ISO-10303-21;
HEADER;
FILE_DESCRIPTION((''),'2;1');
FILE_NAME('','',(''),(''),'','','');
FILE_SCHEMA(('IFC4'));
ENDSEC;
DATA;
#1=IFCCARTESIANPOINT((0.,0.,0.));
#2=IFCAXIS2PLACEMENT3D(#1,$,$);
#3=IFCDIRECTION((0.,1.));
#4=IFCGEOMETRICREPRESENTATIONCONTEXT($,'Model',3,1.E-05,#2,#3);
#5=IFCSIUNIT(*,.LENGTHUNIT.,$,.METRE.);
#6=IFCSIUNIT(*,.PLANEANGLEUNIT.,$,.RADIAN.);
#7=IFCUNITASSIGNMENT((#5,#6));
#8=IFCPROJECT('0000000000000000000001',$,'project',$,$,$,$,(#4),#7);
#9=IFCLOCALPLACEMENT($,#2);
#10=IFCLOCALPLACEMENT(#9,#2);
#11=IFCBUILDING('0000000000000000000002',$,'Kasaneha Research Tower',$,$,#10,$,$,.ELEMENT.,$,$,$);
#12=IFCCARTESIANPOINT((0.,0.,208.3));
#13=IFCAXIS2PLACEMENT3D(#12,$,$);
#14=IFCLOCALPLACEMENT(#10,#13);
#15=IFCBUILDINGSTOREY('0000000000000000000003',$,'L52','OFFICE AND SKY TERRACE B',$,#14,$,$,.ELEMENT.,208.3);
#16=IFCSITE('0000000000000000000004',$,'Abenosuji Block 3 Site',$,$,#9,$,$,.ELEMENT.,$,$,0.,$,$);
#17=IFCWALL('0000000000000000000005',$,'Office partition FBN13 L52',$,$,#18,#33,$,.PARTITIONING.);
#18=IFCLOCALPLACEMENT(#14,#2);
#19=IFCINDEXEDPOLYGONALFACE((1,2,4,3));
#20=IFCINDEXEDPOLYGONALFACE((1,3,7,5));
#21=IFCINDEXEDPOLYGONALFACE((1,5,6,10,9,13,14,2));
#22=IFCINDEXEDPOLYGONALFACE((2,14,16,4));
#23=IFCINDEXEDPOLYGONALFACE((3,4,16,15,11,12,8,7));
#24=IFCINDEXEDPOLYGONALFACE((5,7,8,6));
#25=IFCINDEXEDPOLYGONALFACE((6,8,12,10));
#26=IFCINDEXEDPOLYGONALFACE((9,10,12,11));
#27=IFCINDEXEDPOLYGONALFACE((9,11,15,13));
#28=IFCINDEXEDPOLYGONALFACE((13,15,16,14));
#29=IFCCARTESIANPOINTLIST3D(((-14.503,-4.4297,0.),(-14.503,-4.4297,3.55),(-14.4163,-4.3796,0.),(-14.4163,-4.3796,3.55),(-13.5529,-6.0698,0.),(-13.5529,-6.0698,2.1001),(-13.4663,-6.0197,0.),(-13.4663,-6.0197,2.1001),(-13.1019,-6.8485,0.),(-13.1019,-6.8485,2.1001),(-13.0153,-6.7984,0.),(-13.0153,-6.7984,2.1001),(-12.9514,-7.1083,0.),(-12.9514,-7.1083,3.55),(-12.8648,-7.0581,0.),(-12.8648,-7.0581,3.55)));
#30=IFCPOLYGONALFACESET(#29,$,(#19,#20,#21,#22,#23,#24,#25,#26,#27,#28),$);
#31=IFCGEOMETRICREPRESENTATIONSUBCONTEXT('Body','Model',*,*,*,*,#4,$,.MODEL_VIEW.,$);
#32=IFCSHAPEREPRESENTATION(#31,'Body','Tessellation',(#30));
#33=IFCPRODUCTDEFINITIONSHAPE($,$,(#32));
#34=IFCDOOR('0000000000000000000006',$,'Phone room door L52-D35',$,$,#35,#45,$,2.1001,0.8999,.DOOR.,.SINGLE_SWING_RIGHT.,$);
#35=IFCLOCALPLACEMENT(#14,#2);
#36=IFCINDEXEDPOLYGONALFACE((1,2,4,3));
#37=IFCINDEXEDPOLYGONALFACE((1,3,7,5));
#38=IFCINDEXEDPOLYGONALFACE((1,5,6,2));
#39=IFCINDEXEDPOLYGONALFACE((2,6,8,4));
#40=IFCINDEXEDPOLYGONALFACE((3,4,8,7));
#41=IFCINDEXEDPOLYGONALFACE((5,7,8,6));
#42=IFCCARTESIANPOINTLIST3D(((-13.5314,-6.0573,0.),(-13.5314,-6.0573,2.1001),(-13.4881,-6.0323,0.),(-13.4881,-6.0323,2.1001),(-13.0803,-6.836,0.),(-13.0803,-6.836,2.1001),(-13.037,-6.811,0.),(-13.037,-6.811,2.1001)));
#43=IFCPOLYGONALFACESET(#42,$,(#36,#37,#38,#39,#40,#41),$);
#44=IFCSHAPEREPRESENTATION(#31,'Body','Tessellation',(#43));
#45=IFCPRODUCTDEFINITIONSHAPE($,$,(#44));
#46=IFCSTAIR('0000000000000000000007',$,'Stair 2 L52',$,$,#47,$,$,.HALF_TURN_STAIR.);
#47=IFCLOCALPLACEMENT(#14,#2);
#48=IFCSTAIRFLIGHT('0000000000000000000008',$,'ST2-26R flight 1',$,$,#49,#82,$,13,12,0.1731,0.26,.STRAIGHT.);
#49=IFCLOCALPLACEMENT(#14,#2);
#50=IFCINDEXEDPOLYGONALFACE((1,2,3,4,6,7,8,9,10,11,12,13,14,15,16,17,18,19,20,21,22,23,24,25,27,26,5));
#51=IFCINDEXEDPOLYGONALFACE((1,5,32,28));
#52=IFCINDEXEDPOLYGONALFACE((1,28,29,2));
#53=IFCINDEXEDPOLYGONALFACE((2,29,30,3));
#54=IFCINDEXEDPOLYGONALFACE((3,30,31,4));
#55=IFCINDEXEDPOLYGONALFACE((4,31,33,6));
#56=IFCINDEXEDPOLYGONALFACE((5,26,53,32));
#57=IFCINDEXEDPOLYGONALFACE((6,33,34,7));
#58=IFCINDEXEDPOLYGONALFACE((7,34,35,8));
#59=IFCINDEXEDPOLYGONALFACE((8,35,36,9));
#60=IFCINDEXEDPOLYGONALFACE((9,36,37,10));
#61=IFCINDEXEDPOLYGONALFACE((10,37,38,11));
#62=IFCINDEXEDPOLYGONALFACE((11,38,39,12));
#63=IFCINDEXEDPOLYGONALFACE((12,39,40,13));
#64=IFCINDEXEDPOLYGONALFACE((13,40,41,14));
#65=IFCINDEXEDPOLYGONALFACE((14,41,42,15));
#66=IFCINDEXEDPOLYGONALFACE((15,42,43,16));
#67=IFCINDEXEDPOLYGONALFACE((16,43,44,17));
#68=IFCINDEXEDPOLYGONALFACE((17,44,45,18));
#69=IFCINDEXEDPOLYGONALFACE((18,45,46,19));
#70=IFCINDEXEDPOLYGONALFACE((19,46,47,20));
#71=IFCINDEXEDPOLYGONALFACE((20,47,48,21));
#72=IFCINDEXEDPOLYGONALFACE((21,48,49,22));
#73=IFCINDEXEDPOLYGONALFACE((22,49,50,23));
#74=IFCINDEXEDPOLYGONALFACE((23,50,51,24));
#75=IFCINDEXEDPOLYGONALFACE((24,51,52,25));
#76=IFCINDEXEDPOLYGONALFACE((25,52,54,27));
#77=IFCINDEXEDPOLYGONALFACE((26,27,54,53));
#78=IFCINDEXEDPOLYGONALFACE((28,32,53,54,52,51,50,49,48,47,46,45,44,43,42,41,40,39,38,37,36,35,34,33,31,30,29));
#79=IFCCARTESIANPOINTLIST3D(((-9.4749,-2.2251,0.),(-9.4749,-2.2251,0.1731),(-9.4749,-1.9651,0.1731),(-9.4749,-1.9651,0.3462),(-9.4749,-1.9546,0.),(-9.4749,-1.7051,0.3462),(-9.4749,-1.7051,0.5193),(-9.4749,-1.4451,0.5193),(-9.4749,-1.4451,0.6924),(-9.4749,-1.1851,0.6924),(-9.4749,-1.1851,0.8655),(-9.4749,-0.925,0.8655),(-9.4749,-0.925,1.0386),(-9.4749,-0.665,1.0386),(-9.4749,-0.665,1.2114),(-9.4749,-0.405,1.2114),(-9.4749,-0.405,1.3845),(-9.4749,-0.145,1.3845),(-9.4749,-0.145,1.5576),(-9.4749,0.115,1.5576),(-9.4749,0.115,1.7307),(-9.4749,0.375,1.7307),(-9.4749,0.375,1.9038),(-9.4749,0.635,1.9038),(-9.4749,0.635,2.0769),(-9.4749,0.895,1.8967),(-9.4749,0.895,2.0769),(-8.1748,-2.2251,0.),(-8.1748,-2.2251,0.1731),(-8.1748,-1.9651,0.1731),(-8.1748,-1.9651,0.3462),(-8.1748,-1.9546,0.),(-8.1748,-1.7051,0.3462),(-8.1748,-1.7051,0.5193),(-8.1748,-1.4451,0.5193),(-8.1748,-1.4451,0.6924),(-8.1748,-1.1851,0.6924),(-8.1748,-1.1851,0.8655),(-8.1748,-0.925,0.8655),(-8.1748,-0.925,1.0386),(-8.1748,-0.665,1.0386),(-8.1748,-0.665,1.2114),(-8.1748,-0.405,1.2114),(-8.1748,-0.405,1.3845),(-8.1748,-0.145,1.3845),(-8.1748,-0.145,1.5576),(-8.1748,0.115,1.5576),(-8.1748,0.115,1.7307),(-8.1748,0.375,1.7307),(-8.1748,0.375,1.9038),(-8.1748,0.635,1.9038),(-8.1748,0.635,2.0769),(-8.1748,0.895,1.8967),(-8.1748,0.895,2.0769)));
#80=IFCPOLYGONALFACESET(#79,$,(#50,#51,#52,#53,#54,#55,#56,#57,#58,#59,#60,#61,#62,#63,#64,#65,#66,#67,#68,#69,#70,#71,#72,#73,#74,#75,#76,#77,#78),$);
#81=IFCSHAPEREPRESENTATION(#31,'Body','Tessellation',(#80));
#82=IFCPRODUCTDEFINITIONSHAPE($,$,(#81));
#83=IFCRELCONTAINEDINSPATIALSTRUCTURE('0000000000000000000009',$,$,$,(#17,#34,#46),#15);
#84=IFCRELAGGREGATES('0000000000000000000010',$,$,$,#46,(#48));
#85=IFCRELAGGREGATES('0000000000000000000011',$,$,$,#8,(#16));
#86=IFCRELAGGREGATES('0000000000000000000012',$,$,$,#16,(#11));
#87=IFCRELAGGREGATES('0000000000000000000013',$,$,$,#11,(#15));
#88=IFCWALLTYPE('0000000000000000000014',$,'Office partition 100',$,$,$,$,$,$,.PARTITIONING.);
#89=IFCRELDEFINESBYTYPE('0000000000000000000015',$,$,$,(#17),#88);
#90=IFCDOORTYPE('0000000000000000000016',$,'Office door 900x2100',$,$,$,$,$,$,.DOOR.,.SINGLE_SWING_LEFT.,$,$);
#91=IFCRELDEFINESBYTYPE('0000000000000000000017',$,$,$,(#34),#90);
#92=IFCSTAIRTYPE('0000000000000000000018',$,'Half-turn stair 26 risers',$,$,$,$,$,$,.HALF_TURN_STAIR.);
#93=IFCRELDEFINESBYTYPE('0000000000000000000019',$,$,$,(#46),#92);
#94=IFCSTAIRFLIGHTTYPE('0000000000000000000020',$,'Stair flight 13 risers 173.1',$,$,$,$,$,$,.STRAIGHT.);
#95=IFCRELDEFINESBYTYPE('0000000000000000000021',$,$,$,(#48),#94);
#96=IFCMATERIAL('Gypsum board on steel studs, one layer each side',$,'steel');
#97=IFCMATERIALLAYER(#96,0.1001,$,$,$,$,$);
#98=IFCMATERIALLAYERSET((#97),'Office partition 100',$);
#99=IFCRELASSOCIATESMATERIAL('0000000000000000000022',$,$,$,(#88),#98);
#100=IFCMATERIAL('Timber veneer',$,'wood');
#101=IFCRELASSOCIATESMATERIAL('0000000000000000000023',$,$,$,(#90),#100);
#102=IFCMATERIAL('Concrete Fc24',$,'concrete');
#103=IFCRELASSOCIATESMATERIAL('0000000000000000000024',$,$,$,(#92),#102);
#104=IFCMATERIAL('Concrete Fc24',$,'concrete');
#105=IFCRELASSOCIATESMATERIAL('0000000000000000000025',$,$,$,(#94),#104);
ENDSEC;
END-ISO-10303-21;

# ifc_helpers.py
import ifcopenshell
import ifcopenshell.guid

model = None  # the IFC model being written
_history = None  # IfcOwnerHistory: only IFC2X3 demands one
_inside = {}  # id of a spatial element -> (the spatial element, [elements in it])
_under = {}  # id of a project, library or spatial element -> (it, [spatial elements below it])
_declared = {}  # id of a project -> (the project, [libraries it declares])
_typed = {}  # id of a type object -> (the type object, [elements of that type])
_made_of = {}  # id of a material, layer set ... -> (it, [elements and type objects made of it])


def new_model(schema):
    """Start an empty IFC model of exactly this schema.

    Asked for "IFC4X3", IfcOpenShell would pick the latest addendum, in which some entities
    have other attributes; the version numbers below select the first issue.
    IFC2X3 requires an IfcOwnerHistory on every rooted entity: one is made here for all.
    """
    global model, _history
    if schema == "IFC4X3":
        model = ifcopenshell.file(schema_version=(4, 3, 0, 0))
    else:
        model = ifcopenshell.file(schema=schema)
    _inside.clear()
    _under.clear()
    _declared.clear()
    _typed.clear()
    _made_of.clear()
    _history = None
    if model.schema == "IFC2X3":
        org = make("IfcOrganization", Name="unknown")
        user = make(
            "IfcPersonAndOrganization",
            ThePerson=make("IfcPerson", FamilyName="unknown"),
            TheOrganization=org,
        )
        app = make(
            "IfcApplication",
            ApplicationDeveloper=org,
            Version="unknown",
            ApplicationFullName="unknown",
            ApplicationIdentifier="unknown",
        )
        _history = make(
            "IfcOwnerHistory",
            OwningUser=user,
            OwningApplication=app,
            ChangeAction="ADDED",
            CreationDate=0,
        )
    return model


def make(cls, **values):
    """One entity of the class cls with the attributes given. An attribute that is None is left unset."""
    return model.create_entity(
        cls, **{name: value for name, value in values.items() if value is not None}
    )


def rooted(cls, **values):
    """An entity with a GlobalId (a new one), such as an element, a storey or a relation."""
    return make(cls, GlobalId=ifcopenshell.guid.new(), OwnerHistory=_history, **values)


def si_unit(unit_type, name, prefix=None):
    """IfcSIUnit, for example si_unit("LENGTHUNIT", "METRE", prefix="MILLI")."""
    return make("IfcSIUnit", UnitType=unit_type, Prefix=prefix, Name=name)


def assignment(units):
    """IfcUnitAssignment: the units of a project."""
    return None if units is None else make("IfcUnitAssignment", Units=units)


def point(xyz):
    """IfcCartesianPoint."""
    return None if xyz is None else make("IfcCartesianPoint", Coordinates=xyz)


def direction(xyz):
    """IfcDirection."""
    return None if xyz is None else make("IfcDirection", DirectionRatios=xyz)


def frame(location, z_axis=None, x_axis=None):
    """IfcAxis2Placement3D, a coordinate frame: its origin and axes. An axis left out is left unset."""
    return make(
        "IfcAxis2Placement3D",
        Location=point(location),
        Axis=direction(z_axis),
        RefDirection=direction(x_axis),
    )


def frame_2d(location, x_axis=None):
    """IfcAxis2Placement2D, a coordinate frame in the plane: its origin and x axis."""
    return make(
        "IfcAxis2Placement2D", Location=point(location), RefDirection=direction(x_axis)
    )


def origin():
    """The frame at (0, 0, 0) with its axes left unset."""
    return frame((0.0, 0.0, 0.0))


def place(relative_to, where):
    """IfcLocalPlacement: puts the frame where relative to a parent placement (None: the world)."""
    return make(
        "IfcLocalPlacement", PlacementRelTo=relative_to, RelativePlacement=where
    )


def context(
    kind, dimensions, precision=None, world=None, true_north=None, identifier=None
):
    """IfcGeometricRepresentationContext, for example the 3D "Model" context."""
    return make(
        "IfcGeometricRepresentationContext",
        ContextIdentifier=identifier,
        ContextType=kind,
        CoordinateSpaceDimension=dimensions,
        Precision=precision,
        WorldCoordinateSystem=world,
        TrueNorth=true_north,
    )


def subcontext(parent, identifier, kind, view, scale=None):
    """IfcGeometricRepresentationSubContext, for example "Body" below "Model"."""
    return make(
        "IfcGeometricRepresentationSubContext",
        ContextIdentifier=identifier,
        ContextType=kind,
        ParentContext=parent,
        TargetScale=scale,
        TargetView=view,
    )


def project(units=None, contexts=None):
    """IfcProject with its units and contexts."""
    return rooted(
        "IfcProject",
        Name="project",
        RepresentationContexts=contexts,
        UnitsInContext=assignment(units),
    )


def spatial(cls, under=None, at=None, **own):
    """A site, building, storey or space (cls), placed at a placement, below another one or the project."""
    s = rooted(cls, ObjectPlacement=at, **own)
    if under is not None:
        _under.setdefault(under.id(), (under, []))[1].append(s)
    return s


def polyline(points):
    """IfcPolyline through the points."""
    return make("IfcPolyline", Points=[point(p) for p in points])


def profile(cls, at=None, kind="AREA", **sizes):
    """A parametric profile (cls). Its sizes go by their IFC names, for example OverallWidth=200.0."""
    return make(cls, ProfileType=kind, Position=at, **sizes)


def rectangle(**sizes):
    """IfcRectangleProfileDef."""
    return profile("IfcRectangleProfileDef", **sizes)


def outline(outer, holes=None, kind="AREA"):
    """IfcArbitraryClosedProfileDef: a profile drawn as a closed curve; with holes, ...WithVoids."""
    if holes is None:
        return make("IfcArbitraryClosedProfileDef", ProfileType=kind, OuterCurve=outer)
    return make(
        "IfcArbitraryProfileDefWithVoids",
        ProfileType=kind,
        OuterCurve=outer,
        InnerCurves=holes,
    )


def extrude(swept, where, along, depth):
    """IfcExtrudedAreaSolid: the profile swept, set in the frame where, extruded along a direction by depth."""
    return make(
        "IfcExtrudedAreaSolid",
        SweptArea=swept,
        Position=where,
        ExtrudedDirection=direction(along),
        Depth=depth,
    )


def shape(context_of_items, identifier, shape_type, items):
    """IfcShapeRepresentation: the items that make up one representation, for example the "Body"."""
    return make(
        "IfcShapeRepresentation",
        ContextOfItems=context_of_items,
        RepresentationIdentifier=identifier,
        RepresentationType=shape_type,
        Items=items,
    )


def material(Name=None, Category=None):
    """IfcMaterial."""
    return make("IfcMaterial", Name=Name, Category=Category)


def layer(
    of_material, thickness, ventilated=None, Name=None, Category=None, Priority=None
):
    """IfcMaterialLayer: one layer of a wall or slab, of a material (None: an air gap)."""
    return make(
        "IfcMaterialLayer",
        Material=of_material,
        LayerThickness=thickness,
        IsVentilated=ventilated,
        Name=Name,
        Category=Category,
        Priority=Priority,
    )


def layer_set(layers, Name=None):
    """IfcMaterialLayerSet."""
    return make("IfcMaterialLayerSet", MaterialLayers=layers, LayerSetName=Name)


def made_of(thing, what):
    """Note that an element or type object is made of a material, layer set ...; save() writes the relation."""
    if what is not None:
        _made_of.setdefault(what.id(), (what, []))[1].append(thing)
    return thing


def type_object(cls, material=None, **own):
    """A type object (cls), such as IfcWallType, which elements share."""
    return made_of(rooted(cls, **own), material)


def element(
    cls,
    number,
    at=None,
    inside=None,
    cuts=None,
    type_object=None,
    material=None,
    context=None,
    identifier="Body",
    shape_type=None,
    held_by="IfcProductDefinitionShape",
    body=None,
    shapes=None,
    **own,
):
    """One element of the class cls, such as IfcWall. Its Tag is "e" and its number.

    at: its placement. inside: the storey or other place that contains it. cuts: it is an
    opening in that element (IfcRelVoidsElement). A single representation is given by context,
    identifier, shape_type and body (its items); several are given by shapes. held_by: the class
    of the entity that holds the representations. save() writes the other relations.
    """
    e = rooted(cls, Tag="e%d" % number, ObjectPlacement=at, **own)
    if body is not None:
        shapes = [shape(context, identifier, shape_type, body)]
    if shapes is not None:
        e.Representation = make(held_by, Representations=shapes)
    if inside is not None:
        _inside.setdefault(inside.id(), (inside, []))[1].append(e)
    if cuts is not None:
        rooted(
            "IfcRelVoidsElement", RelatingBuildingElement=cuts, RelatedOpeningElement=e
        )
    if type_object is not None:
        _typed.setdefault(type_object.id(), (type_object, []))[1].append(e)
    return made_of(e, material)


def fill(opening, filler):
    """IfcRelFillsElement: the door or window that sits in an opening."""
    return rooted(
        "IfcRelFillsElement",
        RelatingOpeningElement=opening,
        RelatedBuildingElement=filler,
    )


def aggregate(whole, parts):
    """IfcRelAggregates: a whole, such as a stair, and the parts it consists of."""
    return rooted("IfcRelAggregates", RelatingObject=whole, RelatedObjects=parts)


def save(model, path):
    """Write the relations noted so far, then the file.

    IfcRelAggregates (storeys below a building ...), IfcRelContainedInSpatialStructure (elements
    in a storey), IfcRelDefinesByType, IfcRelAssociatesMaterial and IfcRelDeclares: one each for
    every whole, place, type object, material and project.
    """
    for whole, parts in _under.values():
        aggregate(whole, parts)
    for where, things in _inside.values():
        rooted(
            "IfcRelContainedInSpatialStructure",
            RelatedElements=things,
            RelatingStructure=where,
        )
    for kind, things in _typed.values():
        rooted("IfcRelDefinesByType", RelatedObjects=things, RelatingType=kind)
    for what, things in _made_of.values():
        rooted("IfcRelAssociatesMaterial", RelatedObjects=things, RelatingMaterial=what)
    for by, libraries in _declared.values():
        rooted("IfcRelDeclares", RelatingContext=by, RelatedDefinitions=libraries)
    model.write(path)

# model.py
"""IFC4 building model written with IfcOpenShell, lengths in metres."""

from ifc_helpers import new_model, si_unit, direction, frame, frame_2d, origin, place, context, subcontext, project, spatial, polyline, rectangle, outline, extrude, material, layer, layer_set, type_object, element, fill, aggregate, save


model = new_model("IFC4")

# Units and contexts
model_context = context("Model", 3, precision=1e-05, world=origin(), true_north=direction((0.0, 1.0)))
body_context = subcontext(model_context, "Body", "Model", "MODEL_VIEW")
ifc_project = project(units=[si_unit("LENGTHUNIT", "METRE"), si_unit("PLANEANGLEUNIT", "RADIAN")], contexts=[model_context])

# Site, building, storey
site_placement = place(None, origin())
site = spatial("IfcSite", under=ifc_project, at=site_placement, Name="Abenosuji Block 3 Site", CompositionType="ELEMENT", RefElevation=0.0)
building_placement = place(site_placement, origin())
building = spatial("IfcBuilding", under=site, at=building_placement, Name="Kasaneha Research Tower", CompositionType="ELEMENT")
storey_placement = place(building_placement, frame((0.0, 0.0, 208.3)))
storey = spatial("IfcBuildingStorey", under=building, at=storey_placement, Name="L52", Description="OFFICE AND SKY TERRACE B", CompositionType="ELEMENT", Elevation=208.3)

# Shared definitions
ifc_material_1 = material(Name="Gypsum board on steel studs, one layer each side", Category="steel")
ifc_layer_1 = layer(ifc_material_1, 0.1001)
ifc_layer_set_1 = layer_set([ifc_layer_1], Name="Office partition 100")
wall_type_1 = type_object("IfcWallType", Name="Office partition 100", PredefinedType="PARTITIONING", material=ifc_layer_set_1)

# Shared definitions
ifc_material_2 = material(Name="Timber veneer", Category="wood")
door_type_1 = type_object("IfcDoorType", Name="Office door 900x2100", OperationType="SINGLE_SWING_LEFT", PredefinedType="DOOR", material=ifc_material_2)

# Wall, opening, door
wall_1_placement = place(storey_placement, frame((-14.4597, -4.4045, 0.0), z_axis=(0.0, 0.0, 1.0), x_axis=(0.501235, -0.865311, 0.0)))
wall_1 = element("IfcWall", 1, at=wall_1_placement, inside=storey, type_object=wall_type_1, Name="Office partition FBN13 L52", PredefinedType="PARTITIONING", context=body_context, shape_type="SweptSolid", body=[
    extrude(rectangle(XDim=3.0955, YDim=0.1001, at=frame_2d((1.5479, 0.0))), origin(), (0.0, 0.0, 1.0), 3.55),
])
opening_1_placement = place(wall_1_placement, frame((1.8955, 0.0, 0.0)))
opening_1 = element("IfcOpeningElement", 2, at=opening_1_placement, cuts=wall_1, PredefinedType="OPENING", context=body_context, shape_type="SweptSolid", body=[
    extrude(rectangle(XDim=0.8999, YDim=2.1001, at=frame_2d((0.45, 1.05))), frame((0.0, 0.0601, 0.0), z_axis=(0.0, -1.0, 0.0), x_axis=(1.0, 0.0, 0.0)), (0.0, 0.0, 1.0), 0.1201),
])
door_1_placement = place(opening_1_placement, origin())
door_1 = element("IfcDoor", 3, at=door_1_placement, inside=storey, type_object=door_type_1, Name="Phone room door L52-D35", OperationType="SINGLE_SWING_RIGHT", OverallHeight=2.1001, OverallWidth=0.8999, PredefinedType="DOOR", context=body_context, shape_type="SweptSolid", body=[
    extrude(rectangle(XDim=0.8999, YDim=2.1001, at=frame_2d((0.45, 1.05))), frame((0.0, 0.0249, 0.0), z_axis=(0.0, -1.0, 0.0), x_axis=(1.0, 0.0, 0.0)), (0.0, 0.0, 1.0), 0.05),
])
fill(opening_1, door_1)

# Stair, stair flight
ifc_material_3 = material(Name="Concrete Fc24", Category="concrete")
stair_type = type_object("IfcStairType", Name="Half-turn stair 26 risers", PredefinedType="HALF_TURN_STAIR", material=ifc_material_3)
stair_placement = place(storey_placement, origin())
stair = element("IfcStair", 4, at=stair_placement, inside=storey, type_object=stair_type, Name="Stair 2 L52", PredefinedType="HALF_TURN_STAIR")
ifc_material_4 = material(Name="Concrete Fc24", Category="concrete")
stair_flight_type = type_object("IfcStairFlightType", Name="Stair flight 13 risers 173.1", PredefinedType="STRAIGHT", material=ifc_material_4)
stair_flight_placement = place(storey_placement, frame((-8.825, -2.2251, 0.0), z_axis=(0.0, 0.0, 1.0), x_axis=(0.0, 1.0, 0.0)))
stair_flight = element("IfcStairFlight", 5, at=stair_flight_placement, type_object=stair_flight_type, Name="ST2-26R flight 1", NumberOfRisers=13, NumberOfTreads=12, PredefinedType="STRAIGHT", RiserHeight=0.1731, TreadLength=0.26, context=body_context, shape_type="SweptSolid", body=[
    extrude(outline(polyline([(0.0, 0.0), (0.0, 0.1731), (0.26, 0.1731), (0.26, 0.3462), (0.52, 0.3462), (0.52, 0.5193), (0.78, 0.5193), (0.78, 0.6924), (1.04, 0.6924), (1.04, 0.8655), (1.3, 0.8655), (1.3, 1.0386), (1.5601, 1.0386), (1.5601, 1.2114), (1.8201, 1.2114), (1.8201, 1.3845), (2.0801, 1.3845), (2.0801, 1.5576), (2.3401, 1.5576), (2.3401, 1.7307), (2.6001, 1.7307), (2.6001, 1.9038), (2.8601, 1.9038), (2.8601, 2.0769), (3.1201, 2.0769), (3.1201, 2.25), (3.1201, 1.8967), (0.2705, 0.0), (0.0, 0.0)])), frame((0.0, 0.6499, 0.0), z_axis=(0.0, -1.0, 0.0), x_axis=(1.0, 0.0, 0.0)), (0.0, 0.0, 1.0), 1.3),
])
aggregate(stair, [stair_flight])

save(model, "model.ifc")
